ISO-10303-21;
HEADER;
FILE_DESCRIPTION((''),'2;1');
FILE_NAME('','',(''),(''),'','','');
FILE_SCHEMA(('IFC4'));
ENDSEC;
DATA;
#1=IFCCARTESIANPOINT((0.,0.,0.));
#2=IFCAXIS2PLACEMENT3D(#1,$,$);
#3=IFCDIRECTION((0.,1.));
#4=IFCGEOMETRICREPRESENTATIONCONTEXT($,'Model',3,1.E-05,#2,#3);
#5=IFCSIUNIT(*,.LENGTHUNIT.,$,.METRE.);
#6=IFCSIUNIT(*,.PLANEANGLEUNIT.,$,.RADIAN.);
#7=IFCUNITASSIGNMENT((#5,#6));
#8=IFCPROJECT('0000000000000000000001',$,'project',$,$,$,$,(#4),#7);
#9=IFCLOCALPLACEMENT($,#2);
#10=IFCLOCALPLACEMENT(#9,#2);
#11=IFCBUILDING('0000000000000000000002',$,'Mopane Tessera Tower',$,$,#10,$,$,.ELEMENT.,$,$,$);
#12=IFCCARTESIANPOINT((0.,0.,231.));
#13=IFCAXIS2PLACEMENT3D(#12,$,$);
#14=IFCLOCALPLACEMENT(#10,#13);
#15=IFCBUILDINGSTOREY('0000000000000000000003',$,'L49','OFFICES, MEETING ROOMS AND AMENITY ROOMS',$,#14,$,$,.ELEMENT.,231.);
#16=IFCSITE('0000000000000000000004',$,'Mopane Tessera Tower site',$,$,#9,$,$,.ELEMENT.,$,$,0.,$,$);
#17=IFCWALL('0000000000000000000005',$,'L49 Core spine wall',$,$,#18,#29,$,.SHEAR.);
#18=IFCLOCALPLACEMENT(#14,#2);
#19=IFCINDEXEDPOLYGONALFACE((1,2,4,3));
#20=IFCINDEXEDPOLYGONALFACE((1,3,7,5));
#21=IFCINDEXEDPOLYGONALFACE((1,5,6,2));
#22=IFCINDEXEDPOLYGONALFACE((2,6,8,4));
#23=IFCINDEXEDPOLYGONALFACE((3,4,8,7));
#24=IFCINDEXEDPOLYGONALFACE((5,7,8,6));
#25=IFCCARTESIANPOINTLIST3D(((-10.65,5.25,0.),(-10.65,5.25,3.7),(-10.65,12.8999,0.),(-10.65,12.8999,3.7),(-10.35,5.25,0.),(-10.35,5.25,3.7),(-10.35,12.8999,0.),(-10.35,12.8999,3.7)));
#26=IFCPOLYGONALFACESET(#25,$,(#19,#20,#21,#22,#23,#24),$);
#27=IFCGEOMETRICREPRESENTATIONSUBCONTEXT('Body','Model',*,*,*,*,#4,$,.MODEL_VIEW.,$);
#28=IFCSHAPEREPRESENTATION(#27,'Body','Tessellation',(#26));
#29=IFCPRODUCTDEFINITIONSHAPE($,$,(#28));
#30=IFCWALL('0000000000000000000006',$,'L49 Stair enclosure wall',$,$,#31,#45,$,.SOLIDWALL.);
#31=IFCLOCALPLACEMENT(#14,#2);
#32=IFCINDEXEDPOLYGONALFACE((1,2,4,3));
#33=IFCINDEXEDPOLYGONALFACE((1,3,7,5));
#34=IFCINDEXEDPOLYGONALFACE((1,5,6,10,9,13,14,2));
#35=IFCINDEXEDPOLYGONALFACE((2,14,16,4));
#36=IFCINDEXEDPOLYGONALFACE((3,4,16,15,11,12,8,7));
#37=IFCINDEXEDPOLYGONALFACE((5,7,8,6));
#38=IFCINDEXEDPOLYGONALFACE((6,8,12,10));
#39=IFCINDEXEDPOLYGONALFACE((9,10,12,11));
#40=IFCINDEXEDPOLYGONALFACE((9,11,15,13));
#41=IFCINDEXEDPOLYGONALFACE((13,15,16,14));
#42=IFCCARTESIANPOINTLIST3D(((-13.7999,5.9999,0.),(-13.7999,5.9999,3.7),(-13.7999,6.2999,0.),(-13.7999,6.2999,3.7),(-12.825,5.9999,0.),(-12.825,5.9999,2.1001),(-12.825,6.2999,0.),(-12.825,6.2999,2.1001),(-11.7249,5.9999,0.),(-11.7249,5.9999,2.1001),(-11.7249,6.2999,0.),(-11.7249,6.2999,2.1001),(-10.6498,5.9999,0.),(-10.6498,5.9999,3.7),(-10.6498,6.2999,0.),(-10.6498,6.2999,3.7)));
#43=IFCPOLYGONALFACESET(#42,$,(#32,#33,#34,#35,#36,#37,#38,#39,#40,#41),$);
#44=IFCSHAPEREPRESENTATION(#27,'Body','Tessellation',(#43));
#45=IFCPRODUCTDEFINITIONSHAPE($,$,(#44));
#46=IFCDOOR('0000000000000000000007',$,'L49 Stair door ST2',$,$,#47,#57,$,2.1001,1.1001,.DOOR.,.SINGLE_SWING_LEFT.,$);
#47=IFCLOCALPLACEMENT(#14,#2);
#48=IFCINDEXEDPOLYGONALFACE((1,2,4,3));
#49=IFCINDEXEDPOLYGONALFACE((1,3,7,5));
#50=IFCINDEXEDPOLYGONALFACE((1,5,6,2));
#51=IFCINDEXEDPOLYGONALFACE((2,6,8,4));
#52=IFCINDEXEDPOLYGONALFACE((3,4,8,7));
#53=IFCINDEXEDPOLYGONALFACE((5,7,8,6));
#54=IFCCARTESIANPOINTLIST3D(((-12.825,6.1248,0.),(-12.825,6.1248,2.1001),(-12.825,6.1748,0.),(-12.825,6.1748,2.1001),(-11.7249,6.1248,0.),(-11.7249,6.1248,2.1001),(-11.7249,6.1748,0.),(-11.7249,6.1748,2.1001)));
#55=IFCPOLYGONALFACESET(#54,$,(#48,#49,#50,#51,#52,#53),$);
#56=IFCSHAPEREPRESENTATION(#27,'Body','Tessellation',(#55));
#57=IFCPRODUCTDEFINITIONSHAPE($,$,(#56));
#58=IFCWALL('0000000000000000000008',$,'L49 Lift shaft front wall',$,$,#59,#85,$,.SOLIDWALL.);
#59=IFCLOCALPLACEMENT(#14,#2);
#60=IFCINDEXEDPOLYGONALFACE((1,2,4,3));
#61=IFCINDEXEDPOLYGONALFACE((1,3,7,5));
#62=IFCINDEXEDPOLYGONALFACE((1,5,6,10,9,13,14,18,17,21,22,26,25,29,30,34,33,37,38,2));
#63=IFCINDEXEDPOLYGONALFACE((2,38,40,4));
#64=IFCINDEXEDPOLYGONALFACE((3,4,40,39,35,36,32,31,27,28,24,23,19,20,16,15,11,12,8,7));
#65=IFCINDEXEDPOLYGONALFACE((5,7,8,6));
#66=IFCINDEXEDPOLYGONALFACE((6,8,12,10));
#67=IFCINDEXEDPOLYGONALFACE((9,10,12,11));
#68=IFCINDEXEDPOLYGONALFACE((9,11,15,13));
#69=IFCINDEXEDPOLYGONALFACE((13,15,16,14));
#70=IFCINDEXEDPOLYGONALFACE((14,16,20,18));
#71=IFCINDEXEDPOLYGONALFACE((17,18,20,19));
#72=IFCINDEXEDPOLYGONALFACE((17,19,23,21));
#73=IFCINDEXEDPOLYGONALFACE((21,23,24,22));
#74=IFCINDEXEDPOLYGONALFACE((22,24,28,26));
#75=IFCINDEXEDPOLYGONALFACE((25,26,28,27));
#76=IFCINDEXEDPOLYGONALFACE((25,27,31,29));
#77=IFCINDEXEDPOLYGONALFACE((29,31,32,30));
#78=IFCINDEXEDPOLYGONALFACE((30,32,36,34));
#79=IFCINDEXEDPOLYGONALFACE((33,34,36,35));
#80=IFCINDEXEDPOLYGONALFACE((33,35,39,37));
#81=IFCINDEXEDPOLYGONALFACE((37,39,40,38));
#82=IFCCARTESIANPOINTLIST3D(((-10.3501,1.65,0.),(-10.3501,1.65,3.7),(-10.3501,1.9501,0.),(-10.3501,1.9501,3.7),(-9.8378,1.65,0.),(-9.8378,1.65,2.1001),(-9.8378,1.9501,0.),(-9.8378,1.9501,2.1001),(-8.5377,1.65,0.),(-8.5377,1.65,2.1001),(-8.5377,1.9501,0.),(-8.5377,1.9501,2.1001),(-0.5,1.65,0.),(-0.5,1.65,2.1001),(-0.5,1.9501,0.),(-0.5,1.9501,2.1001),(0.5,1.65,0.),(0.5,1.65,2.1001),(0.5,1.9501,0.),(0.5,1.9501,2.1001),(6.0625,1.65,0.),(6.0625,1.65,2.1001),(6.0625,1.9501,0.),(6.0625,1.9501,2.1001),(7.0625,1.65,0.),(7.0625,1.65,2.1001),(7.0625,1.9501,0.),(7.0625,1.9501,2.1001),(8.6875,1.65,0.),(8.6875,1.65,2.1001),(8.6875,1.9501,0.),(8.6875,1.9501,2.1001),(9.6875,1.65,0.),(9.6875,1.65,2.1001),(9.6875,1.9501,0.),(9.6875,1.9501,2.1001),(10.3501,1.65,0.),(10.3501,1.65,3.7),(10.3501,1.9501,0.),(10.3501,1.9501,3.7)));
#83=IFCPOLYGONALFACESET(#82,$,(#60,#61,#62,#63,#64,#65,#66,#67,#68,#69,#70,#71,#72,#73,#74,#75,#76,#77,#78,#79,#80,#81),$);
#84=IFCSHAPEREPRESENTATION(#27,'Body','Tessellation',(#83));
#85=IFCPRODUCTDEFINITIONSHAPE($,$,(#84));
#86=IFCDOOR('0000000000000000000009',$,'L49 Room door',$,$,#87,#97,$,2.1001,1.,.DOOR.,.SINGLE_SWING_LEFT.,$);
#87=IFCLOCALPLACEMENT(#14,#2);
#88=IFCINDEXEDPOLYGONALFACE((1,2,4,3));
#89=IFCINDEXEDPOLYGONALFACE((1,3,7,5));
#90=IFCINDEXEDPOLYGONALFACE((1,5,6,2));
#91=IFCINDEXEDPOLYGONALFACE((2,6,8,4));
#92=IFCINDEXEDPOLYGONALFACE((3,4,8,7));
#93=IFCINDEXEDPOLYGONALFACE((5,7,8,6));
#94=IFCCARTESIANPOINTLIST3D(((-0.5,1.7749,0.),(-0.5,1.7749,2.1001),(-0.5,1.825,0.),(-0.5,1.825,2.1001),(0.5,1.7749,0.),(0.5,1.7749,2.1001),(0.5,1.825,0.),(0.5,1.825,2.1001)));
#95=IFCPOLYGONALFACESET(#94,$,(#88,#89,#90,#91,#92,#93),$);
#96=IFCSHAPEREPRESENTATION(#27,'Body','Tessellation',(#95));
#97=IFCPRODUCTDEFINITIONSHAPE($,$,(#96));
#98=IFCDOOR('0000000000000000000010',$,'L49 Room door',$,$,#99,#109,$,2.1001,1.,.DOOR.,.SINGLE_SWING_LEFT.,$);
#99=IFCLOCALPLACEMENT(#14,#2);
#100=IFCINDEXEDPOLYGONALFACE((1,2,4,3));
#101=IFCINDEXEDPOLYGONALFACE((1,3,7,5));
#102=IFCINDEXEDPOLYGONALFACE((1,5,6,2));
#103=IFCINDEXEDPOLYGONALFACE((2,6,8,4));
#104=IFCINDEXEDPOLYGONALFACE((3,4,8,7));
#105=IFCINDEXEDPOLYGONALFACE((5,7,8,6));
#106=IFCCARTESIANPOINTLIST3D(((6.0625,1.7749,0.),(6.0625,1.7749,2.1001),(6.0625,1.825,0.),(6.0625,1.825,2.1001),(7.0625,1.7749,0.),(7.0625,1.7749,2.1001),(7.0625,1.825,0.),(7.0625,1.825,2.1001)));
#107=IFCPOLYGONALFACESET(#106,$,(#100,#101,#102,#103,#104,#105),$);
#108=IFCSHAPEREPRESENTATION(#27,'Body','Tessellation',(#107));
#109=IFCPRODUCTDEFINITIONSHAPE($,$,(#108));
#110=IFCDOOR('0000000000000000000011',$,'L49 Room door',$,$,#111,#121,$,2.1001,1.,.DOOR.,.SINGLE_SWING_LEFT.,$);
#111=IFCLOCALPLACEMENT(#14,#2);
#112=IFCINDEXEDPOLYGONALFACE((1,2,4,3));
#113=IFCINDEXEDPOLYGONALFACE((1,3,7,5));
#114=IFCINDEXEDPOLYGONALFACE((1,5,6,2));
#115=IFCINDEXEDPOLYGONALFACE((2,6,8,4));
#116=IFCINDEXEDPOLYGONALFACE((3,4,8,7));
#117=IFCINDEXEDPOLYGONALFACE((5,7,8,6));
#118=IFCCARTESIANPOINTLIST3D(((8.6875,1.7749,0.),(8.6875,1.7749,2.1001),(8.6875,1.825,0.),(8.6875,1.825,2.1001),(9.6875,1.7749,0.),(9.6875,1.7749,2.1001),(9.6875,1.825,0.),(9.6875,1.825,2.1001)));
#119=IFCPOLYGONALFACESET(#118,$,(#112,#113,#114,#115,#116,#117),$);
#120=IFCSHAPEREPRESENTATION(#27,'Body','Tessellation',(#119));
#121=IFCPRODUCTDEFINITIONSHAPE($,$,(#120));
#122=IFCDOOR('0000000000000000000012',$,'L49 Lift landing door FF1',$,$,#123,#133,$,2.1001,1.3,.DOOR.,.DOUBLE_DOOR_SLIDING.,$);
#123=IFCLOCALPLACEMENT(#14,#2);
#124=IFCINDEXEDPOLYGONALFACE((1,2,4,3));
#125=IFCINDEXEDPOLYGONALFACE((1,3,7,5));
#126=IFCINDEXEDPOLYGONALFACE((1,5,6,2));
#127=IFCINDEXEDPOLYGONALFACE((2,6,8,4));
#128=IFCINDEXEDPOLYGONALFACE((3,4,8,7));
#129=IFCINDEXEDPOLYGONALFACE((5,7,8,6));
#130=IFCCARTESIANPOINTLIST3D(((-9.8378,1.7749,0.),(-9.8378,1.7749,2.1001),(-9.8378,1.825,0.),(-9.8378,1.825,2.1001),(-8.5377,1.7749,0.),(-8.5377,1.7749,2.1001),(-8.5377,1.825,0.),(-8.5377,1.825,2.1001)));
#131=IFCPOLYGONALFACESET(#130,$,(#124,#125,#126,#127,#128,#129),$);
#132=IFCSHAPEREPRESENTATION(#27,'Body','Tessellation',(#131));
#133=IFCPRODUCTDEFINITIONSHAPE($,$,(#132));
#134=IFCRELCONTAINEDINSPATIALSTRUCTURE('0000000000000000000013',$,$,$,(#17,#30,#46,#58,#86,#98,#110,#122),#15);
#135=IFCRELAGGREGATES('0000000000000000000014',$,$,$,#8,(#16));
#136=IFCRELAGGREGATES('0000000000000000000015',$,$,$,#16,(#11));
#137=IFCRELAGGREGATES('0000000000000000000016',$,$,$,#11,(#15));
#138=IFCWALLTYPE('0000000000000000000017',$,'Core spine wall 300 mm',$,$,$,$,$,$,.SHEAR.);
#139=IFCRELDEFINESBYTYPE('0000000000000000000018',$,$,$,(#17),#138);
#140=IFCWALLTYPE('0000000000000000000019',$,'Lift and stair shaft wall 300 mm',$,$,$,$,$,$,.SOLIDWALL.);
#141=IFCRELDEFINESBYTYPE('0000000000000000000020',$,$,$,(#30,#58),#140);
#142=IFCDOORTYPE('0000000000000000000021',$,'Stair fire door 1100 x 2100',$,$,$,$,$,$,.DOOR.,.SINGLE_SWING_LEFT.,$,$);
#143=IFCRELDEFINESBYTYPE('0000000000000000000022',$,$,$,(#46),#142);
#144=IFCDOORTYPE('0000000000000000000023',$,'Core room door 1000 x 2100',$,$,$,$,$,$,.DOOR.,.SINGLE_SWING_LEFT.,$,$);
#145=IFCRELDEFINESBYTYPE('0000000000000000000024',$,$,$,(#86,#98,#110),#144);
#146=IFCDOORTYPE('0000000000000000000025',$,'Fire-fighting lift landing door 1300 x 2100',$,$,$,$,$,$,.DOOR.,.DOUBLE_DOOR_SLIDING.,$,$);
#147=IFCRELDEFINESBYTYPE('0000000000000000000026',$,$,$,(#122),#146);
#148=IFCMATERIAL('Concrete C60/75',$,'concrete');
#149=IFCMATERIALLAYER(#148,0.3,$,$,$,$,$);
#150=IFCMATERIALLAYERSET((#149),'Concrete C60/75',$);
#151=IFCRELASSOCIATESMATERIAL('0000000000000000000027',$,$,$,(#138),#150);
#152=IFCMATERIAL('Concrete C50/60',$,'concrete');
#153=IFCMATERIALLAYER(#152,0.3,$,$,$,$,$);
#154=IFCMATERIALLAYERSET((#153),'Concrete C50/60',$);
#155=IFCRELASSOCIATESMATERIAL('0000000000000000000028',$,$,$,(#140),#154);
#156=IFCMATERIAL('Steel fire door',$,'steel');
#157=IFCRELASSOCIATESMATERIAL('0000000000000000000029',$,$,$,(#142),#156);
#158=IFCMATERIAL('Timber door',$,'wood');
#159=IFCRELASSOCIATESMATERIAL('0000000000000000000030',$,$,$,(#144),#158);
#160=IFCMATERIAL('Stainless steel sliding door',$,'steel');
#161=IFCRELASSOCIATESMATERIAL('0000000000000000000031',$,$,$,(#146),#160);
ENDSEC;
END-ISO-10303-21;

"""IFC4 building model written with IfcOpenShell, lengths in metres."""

from ifc_helpers import new_model, si_unit, direction, frame, frame_2d, origin, place, context, subcontext, project, spatial, rectangle, extrude, material, layer, layer_set, type_object, element, fill, save


model = new_model("IFC4")

# Units and contexts
model_context = context("Model", 3, precision=1e-05, world=origin(), true_north=direction((0.0, 1.0)))
body_context = subcontext(model_context, "Body", "Model", "MODEL_VIEW")
ifc_project = project(units=[si_unit("LENGTHUNIT", "METRE"), si_unit("PLANEANGLEUNIT", "RADIAN")], contexts=[model_context])

# Site, building, storey
site_placement = place(None, origin())
site = spatial("IfcSite", under=ifc_project, at=site_placement, Name="Mopane Tessera Tower site", CompositionType="ELEMENT", RefElevation=0.0)
building_placement = place(site_placement, origin())
building = spatial("IfcBuilding", under=site, at=building_placement, Name="Mopane Tessera Tower", CompositionType="ELEMENT")
storey_placement = place(building_placement, frame((0.0, 0.0, 231.0)))
storey = spatial("IfcBuildingStorey", under=building, at=storey_placement, Name="L49", Description="OFFICES, MEETING ROOMS AND AMENITY ROOMS", CompositionType="ELEMENT", Elevation=231.0)

# Wall
ifc_material_1 = material(Name="Concrete C60/75", Category="concrete")
ifc_layer_1 = layer(ifc_material_1, 0.3)
ifc_layer_set_1 = layer_set([ifc_layer_1], Name="Concrete C60/75")
wall_type_1 = type_object("IfcWallType", Name="Core spine wall 300 mm", PredefinedType="SHEAR", material=ifc_layer_set_1)
wall_1_placement = place(storey_placement, frame((-10.5, 5.25, 0.0), z_axis=(0.0, 0.0, 1.0), x_axis=(0.0, 1.0, 0.0)))
element("IfcWall", 1, at=wall_1_placement, inside=storey, type_object=wall_type_1, Name="L49 Core spine wall", PredefinedType="SHEAR", context=body_context, shape_type="SweptSolid", body=[
    extrude(rectangle(XDim=7.6499, YDim=0.3, at=frame_2d((3.825, 0.0))), origin(), (0.0, 0.0, 1.0), 3.7),
])

# Wall, opening, door
ifc_material_2 = material(Name="Concrete C50/60", Category="concrete")
ifc_layer_2 = layer(ifc_material_2, 0.3)
ifc_layer_set_2 = layer_set([ifc_layer_2], Name="Concrete C50/60")
wall_type_2 = type_object("IfcWallType", Name="Lift and stair shaft wall 300 mm", PredefinedType="SOLIDWALL", material=ifc_layer_set_2)
wall_2_placement = place(storey_placement, frame((-13.8, 6.1499, 0.0), z_axis=(0.0, 0.0, 1.0), x_axis=(1.0, 0.0, 0.0)))
wall_2 = element("IfcWall", 2, at=wall_2_placement, inside=storey, type_object=wall_type_2, Name="L49 Stair enclosure wall", PredefinedType="SOLIDWALL", context=body_context, shape_type="SweptSolid", body=[
    extrude(rectangle(XDim=3.1501, YDim=0.3, at=frame_2d((1.5752, 0.0))), origin(), (0.0, 0.0, 1.0), 3.7),
])
opening_1_placement = place(wall_2_placement, frame((0.9751, 0.0, 0.0)))
opening_1 = element("IfcOpeningElement", 3, at=opening_1_placement, cuts=wall_2, PredefinedType="OPENING", context=body_context, shape_type="SweptSolid", body=[
    extrude(rectangle(XDim=1.1001, YDim=2.1001, at=frame_2d((0.55, 1.05))), frame((0.0, 0.1621, 0.0), z_axis=(0.0, -1.0, 0.0), x_axis=(1.0, 0.0, 0.0)), (0.0, 0.0, 1.0), 0.324),
])
ifc_material_3 = material(Name="Steel fire door", Category="steel")
door_type_1 = type_object("IfcDoorType", Name="Stair fire door 1100 x 2100", OperationType="SINGLE_SWING_LEFT", PredefinedType="DOOR", material=ifc_material_3)
door_1_placement = place(opening_1_placement, origin())
door_1 = element("IfcDoor", 4, at=door_1_placement, inside=storey, type_object=door_type_1, Name="L49 Stair door ST2", OperationType="SINGLE_SWING_LEFT", OverallHeight=2.1001, OverallWidth=1.1001, PredefinedType="DOOR", context=body_context, shape_type="SweptSolid", body=[
    extrude(rectangle(XDim=1.1001, YDim=2.1001, at=frame_2d((0.55, 1.05))), frame((0.0, 0.0249, 0.0), z_axis=(0.0, -1.0, 0.0), x_axis=(1.0, 0.0, 0.0)), (0.0, 0.0, 1.0), 0.05),
])
fill(opening_1, door_1)

# Wall, openings, doors
wall_3_placement = place(storey_placement, frame((-10.3501, 1.8, 0.0), z_axis=(0.0, 0.0, 1.0), x_axis=(1.0, 0.0, 0.0)))
wall_3 = element("IfcWall", 5, at=wall_3_placement, inside=storey, type_object=wall_type_2, Name="L49 Lift shaft front wall", PredefinedType="SOLIDWALL", context=body_context, shape_type="SweptSolid", body=[
    extrude(rectangle(XDim=20.7002, YDim=0.3, at=frame_2d((10.3501, 0.0))), origin(), (0.0, 0.0, 1.0), 3.7),
])
opening_2_placement = place(wall_3_placement, frame((0.5125, 0.0, 0.0)))
opening_2 = element("IfcOpeningElement", 6, at=opening_2_placement, cuts=wall_3, PredefinedType="OPENING", context=body_context, shape_type="SweptSolid", body=[
    extrude(rectangle(XDim=1.3, YDim=2.1001, at=frame_2d((0.6499, 1.05))), frame((0.0, 0.1621, 0.0), z_axis=(0.0, -1.0, 0.0), x_axis=(1.0, 0.0, 0.0)), (0.0, 0.0, 1.0), 0.324),
])
opening_3_placement = place(wall_3_placement, frame((9.8501, 0.0, 0.0)))
opening_3 = element("IfcOpeningElement", 7, at=opening_3_placement, cuts=wall_3, PredefinedType="OPENING", context=body_context, shape_type="SweptSolid", body=[
    extrude(rectangle(XDim=1.0, YDim=2.1001, at=frame_2d((0.5, 1.05))), frame((0.0, 0.1621, 0.0), z_axis=(0.0, -1.0, 0.0), x_axis=(1.0, 0.0, 0.0)), (0.0, 0.0, 1.0), 0.324),
])
opening_4_placement = place(wall_3_placement, frame((16.4126, 0.0, 0.0)))
opening_4 = element("IfcOpeningElement", 8, at=opening_4_placement, cuts=wall_3, PredefinedType="OPENING", context=body_context, shape_type="SweptSolid", body=[
    extrude(rectangle(XDim=1.0, YDim=2.1001, at=frame_2d((0.5, 1.05))), frame((0.0, 0.1621, 0.0), z_axis=(0.0, -1.0, 0.0), x_axis=(1.0, 0.0, 0.0)), (0.0, 0.0, 1.0), 0.324),
])
opening_5_placement = place(wall_3_placement, frame((19.0376, 0.0, 0.0)))
opening_5 = element("IfcOpeningElement", 9, at=opening_5_placement, cuts=wall_3, PredefinedType="OPENING", context=body_context, shape_type="SweptSolid", body=[
    extrude(rectangle(XDim=1.0, YDim=2.1001, at=frame_2d((0.5, 1.05))), frame((0.0, 0.1621, 0.0), z_axis=(0.0, -1.0, 0.0), x_axis=(1.0, 0.0, 0.0)), (0.0, 0.0, 1.0), 0.324),
])
ifc_material_4 = material(Name="Timber door", Category="wood")
door_type_2 = type_object("IfcDoorType", Name="Core room door 1000 x 2100", OperationType="SINGLE_SWING_LEFT", PredefinedType="DOOR", material=ifc_material_4)
door_2_placement = place(opening_3_placement, origin())
door_2 = element("IfcDoor", 10, at=door_2_placement, inside=storey, type_object=door_type_2, Name="L49 Room door", OperationType="SINGLE_SWING_LEFT", OverallHeight=2.1001, OverallWidth=1.0, PredefinedType="DOOR", context=body_context, shape_type="SweptSolid", body=[
    extrude(rectangle(XDim=1.0, YDim=2.1001, at=frame_2d((0.5, 1.05))), frame((0.0, 0.0249, 0.0), z_axis=(0.0, -1.0, 0.0), x_axis=(1.0, 0.0, 0.0)), (0.0, 0.0, 1.0), 0.05),
])
fill(opening_3, door_2)
door_3_placement = place(opening_4_placement, origin())
door_3 = element("IfcDoor", 11, at=door_3_placement, inside=storey, type_object=door_type_2, Name="L49 Room door", OperationType="SINGLE_SWING_LEFT", OverallHeight=2.1001, OverallWidth=1.0, PredefinedType="DOOR", context=body_context, shape_type="SweptSolid", body=[
    extrude(rectangle(XDim=1.0, YDim=2.1001, at=frame_2d((0.5, 1.05))), frame((0.0, 0.0249, 0.0), z_axis=(0.0, -1.0, 0.0), x_axis=(1.0, 0.0, 0.0)), (0.0, 0.0, 1.0), 0.05),
])
fill(opening_4, door_3)
door_4_placement = place(opening_5_placement, origin())
door_4 = element("IfcDoor", 12, at=door_4_placement, inside=storey, type_object=door_type_2, Name="L49 Room door", OperationType="SINGLE_SWING_LEFT", OverallHeight=2.1001, OverallWidth=1.0, PredefinedType="DOOR", context=body_context, shape_type="SweptSolid", body=[
    extrude(rectangle(XDim=1.0, YDim=2.1001, at=frame_2d((0.5, 1.05))), frame((0.0, 0.0249, 0.0), z_axis=(0.0, -1.0, 0.0), x_axis=(1.0, 0.0, 0.0)), (0.0, 0.0, 1.0), 0.05),
])
fill(opening_5, door_4)
ifc_material_5 = material(Name="Stainless steel sliding door", Category="steel")
door_type_3 = type_object("IfcDoorType", Name="Fire-fighting lift landing door 1300 x 2100", OperationType="DOUBLE_DOOR_SLIDING", PredefinedType="DOOR", material=ifc_material_5)
door_5_placement = place(opening_2_placement, origin())
door_5 = element("IfcDoor", 13, at=door_5_placement, inside=storey, type_object=door_type_3, Name="L49 Lift landing door FF1", OperationType="DOUBLE_DOOR_SLIDING", OverallHeight=2.1001, OverallWidth=1.3, PredefinedType="DOOR", context=body_context, shape_type="SweptSolid", body=[
    extrude(rectangle(XDim=1.3, YDim=2.1001, at=frame_2d((0.6499, 1.05))), frame((0.0, 0.0249, 0.0), z_axis=(0.0, -1.0, 0.0), x_axis=(1.0, 0.0, 0.0)), (0.0, 0.0, 1.0), 0.05),
])
fill(opening_2, door_5)

save(model, "model.ifc")
